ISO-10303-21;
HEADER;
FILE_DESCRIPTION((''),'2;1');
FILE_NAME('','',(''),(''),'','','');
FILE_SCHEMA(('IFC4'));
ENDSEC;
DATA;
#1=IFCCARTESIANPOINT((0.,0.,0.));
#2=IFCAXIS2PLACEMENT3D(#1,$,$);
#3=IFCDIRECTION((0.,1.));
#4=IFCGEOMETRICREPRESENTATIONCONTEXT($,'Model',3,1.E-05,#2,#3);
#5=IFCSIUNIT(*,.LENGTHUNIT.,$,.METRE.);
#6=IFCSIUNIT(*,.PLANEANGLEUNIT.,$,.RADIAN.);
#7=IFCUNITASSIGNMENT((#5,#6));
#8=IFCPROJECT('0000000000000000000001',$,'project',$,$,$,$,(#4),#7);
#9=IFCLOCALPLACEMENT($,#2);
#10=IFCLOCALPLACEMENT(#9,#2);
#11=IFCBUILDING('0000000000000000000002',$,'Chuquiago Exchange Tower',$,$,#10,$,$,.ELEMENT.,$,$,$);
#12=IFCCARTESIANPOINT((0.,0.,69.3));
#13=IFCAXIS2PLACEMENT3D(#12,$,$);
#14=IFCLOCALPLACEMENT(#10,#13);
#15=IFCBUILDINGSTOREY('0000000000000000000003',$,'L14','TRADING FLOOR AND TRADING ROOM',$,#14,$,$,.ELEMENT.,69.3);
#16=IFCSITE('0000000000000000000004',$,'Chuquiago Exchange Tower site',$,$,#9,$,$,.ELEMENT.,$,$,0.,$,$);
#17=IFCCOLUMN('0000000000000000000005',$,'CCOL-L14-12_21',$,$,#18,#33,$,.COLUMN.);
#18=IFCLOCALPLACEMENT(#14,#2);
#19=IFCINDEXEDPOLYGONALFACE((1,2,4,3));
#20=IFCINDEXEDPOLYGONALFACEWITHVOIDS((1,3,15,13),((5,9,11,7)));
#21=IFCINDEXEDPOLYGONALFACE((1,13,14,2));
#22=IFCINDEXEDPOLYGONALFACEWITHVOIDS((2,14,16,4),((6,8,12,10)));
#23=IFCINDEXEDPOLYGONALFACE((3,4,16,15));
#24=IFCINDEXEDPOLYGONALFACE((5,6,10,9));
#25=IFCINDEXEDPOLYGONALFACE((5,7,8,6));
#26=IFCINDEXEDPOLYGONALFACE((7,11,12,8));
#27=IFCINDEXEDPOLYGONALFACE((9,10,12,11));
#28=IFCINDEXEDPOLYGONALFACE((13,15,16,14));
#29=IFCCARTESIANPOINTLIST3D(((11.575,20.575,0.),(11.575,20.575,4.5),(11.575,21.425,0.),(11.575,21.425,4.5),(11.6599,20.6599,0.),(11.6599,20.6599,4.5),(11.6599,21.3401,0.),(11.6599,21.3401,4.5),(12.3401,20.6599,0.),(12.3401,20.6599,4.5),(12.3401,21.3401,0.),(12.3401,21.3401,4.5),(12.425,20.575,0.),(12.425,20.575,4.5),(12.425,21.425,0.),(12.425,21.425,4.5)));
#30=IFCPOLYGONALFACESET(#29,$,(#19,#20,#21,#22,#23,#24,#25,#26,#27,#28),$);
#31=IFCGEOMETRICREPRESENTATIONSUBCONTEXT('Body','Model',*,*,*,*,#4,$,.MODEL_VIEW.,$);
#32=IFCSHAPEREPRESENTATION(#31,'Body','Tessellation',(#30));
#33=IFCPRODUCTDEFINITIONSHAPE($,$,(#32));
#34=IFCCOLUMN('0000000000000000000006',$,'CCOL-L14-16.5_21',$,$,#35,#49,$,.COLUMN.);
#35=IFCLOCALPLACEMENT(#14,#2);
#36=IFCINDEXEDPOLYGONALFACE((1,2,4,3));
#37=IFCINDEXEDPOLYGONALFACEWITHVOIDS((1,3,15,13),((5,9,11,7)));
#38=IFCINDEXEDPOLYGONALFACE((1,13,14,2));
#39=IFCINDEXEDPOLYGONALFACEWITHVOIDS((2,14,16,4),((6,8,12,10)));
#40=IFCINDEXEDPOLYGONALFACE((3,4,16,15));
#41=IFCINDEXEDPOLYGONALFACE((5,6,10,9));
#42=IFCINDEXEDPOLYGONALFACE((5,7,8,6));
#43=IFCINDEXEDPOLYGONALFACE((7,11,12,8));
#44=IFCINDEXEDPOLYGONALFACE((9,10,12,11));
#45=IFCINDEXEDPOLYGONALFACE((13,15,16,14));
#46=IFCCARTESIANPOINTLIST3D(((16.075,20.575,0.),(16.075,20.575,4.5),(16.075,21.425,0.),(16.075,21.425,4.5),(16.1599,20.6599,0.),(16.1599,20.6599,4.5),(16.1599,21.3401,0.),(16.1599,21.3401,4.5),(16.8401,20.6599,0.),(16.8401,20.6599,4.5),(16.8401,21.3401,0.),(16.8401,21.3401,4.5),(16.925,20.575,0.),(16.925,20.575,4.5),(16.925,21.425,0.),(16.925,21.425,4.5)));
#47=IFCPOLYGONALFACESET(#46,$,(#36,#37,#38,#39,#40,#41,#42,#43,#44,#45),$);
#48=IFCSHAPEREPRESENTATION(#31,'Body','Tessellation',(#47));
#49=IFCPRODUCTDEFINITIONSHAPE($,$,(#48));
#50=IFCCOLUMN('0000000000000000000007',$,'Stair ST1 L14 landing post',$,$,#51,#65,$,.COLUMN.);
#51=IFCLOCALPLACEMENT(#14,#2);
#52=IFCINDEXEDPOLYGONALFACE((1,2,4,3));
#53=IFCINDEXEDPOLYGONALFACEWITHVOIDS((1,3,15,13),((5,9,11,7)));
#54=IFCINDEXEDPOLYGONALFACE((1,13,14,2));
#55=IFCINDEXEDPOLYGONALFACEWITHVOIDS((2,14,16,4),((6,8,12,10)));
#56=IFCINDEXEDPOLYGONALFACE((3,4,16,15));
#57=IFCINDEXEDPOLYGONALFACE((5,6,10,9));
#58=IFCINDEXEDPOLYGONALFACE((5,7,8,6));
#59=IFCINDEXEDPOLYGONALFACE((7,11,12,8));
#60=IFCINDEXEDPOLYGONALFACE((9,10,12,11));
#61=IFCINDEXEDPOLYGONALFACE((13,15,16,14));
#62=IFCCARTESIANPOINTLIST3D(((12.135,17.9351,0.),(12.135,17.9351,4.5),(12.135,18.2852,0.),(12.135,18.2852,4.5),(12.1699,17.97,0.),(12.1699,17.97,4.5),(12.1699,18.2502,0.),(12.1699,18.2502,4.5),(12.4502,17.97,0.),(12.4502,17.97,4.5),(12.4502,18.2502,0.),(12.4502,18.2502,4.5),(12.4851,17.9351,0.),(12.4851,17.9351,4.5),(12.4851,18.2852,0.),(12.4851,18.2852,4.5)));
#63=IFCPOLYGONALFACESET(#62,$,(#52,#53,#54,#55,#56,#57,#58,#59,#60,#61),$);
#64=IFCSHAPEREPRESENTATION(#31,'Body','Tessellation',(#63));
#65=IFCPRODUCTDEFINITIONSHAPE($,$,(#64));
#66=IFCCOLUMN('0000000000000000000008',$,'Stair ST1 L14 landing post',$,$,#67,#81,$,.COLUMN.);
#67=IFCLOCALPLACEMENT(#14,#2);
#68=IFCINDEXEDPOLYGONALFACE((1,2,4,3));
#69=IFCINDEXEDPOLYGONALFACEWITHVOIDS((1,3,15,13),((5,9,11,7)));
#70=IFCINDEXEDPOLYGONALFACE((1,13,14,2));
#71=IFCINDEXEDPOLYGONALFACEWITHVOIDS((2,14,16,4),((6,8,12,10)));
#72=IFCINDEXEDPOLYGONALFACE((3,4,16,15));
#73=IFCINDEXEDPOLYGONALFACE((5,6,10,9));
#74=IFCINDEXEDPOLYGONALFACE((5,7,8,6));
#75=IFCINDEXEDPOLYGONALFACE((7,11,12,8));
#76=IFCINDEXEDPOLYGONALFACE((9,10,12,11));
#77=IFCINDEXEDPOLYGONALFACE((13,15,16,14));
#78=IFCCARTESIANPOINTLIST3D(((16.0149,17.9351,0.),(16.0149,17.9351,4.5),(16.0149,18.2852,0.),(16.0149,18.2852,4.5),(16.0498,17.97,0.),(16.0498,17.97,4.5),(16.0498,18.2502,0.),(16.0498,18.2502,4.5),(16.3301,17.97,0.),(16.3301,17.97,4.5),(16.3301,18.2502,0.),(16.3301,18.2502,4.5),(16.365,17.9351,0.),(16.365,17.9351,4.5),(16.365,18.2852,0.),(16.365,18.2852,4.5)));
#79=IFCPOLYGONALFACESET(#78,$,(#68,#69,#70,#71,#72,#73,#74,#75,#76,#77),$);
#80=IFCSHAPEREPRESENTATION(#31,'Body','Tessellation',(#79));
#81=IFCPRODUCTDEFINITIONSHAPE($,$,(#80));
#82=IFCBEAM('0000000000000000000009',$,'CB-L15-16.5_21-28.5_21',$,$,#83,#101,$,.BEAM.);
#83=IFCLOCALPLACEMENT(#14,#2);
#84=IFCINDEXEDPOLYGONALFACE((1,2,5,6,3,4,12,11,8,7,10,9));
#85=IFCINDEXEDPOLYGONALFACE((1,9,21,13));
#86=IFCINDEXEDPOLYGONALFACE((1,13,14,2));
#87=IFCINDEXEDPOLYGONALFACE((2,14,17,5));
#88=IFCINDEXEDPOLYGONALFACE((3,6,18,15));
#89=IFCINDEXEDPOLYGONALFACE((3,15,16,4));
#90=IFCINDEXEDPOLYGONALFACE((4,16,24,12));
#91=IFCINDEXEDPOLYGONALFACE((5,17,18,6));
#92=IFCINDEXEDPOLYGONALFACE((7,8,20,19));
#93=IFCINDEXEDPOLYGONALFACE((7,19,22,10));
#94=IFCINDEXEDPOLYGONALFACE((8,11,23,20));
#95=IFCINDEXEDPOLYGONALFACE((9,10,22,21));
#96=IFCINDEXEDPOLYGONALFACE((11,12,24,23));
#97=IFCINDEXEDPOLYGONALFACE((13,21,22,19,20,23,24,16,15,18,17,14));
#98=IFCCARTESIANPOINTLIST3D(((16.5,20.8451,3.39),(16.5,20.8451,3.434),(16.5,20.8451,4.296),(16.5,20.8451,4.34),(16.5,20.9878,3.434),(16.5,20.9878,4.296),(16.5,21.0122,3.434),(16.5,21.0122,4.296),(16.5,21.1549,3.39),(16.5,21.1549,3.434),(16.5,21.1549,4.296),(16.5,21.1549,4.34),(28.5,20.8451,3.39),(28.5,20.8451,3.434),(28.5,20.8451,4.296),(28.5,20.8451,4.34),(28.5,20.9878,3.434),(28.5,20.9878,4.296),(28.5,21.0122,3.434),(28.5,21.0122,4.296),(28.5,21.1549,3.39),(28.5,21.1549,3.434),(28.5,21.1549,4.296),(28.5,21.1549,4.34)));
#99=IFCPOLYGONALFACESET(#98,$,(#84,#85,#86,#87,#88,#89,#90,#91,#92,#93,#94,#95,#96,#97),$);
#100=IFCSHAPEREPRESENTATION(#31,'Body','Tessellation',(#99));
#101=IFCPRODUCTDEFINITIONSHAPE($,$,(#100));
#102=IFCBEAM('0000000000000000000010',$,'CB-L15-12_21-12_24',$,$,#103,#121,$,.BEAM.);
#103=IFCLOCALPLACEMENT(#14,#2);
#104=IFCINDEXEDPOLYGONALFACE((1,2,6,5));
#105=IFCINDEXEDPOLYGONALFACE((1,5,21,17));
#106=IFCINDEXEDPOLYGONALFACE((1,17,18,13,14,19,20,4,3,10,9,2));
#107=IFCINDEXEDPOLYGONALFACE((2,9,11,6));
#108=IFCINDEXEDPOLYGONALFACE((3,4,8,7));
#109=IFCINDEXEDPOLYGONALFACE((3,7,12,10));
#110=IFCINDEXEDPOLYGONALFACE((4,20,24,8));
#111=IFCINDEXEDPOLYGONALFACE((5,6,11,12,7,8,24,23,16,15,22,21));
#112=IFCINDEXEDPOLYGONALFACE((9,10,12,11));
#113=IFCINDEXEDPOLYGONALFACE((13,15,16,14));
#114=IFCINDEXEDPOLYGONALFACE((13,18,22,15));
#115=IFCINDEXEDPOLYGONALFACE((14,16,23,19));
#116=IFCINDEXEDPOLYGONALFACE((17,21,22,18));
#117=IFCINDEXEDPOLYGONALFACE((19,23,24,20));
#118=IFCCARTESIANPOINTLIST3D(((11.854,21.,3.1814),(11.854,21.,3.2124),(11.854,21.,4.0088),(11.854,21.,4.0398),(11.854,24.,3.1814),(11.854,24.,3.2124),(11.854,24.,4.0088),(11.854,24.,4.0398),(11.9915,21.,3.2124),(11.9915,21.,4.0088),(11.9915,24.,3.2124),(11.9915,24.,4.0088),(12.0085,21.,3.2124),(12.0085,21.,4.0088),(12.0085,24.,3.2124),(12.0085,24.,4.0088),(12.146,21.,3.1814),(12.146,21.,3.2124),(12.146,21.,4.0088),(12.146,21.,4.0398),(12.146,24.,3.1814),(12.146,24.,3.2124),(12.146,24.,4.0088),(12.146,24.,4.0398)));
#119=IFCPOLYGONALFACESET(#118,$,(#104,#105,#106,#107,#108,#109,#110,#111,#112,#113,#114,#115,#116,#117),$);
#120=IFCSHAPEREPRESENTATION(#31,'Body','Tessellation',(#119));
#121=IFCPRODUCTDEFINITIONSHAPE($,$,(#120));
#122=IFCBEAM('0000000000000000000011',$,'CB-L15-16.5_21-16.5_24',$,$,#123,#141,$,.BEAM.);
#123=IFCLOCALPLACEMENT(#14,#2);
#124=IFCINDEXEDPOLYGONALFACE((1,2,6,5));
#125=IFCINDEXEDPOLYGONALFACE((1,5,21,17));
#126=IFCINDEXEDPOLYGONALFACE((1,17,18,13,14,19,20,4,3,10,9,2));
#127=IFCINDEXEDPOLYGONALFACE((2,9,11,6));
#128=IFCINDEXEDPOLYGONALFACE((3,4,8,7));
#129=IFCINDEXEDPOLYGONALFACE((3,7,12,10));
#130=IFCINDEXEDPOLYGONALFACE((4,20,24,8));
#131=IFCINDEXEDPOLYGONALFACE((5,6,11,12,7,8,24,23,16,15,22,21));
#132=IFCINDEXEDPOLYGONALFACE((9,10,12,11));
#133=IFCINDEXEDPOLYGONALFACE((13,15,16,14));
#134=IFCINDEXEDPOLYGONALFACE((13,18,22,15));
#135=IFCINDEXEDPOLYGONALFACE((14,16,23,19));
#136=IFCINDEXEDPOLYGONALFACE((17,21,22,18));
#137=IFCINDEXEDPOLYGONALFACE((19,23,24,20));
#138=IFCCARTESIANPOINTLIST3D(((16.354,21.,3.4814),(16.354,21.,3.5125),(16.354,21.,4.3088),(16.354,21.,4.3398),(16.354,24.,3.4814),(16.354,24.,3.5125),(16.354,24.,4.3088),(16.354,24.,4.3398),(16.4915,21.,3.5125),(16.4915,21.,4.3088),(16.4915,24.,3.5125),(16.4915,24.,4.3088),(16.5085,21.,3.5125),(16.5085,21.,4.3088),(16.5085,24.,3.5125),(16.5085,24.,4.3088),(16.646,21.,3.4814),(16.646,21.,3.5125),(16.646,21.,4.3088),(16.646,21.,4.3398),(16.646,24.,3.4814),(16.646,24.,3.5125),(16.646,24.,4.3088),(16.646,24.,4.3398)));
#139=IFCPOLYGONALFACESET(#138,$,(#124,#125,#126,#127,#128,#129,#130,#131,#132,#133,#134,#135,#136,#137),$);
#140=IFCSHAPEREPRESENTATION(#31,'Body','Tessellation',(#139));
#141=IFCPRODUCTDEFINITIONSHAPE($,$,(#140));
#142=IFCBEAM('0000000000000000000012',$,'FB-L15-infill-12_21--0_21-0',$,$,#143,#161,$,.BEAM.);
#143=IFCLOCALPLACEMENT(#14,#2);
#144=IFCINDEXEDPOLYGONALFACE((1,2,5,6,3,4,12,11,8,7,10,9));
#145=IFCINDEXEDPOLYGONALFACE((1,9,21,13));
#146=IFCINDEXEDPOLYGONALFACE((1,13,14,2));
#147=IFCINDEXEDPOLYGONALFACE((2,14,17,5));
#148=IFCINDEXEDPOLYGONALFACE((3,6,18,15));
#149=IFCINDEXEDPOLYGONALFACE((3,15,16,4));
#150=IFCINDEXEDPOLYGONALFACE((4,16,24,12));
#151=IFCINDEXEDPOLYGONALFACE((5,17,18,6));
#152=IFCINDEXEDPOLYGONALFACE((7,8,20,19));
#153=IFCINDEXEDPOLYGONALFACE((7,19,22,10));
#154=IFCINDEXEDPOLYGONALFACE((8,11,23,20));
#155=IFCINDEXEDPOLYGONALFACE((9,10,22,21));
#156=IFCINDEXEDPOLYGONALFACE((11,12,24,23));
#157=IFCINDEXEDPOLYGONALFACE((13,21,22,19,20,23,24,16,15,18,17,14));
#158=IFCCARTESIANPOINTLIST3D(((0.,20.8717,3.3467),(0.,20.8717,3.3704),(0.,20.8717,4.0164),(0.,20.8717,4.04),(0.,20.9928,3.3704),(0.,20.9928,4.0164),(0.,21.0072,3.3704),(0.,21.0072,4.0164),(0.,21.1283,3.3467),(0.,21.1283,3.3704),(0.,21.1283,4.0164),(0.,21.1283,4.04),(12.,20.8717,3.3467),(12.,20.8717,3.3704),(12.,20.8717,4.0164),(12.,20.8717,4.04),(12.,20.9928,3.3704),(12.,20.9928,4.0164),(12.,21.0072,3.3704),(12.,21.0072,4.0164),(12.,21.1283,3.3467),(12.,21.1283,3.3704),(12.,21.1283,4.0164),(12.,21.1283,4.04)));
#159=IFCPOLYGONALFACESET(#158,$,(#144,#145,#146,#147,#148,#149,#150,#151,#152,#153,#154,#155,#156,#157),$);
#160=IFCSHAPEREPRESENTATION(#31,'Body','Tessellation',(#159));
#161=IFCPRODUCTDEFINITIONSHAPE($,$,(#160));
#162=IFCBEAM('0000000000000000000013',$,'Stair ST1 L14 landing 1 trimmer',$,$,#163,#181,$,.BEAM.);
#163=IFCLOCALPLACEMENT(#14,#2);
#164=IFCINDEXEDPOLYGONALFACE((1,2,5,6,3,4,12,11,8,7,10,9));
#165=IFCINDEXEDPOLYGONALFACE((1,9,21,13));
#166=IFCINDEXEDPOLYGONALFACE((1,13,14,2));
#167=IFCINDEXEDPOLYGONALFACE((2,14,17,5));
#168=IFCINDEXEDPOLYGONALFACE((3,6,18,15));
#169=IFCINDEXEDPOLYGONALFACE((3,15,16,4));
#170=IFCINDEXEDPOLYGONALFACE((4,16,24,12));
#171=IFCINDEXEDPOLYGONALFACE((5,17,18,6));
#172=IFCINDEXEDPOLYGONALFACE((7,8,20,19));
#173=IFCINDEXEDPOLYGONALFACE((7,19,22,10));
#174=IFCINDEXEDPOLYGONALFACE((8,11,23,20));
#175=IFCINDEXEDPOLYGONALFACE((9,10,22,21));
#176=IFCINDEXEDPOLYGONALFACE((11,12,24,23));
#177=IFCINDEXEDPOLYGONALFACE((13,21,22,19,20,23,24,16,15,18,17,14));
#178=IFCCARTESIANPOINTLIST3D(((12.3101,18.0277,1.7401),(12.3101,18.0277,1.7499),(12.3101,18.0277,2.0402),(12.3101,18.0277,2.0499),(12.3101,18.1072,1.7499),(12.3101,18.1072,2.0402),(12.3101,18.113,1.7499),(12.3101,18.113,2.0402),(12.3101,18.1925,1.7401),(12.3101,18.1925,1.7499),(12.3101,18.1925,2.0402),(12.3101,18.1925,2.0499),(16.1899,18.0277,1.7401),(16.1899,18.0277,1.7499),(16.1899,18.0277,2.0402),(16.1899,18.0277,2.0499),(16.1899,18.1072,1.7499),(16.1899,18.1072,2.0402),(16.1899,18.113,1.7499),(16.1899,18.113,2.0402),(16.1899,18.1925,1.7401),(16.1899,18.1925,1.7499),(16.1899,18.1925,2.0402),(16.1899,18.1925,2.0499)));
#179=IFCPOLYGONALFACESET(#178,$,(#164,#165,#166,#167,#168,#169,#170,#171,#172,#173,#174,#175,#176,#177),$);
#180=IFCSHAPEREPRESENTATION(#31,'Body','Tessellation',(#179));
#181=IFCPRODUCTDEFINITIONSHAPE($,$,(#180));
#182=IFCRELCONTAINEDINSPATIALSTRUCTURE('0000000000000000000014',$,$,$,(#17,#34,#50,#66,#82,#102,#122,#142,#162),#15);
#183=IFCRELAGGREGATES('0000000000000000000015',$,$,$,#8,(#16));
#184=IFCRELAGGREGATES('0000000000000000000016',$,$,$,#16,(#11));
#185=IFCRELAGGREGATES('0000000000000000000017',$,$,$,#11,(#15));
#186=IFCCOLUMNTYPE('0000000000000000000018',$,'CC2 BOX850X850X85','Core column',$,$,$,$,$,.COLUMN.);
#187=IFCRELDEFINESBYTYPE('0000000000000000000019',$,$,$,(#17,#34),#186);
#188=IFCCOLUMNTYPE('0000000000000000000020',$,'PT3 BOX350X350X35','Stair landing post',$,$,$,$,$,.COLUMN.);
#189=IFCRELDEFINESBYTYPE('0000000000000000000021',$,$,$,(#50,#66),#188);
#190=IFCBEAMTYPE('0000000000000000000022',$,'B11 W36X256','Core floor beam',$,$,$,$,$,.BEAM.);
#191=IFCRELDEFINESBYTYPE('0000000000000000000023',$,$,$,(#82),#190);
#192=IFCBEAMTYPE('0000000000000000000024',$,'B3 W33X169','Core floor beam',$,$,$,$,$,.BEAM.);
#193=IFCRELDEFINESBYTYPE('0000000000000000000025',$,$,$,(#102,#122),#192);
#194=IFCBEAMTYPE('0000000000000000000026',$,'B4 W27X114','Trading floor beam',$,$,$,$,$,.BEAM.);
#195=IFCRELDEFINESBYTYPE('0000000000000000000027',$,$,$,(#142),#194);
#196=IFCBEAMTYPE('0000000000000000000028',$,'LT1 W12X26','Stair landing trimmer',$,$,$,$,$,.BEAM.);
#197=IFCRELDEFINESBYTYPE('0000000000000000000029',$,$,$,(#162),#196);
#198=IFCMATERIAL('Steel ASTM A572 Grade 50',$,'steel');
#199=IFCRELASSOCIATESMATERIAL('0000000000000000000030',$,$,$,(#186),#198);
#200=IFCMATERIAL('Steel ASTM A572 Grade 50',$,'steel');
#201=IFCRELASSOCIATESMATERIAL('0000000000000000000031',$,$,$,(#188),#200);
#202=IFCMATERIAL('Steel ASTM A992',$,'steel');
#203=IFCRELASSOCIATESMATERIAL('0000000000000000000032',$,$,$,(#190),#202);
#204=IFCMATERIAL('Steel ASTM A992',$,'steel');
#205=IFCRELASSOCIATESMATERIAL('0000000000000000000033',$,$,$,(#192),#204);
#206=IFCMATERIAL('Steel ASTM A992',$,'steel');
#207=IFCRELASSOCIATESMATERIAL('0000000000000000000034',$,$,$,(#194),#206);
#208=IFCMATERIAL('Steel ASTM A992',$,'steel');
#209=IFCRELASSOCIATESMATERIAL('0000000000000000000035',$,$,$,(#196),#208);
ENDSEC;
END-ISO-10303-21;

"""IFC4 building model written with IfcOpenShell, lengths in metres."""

from ifc_helpers import new_model, si_unit, direction, frame, origin, origin_2d, place, context, subcontext, project, spatial, hollow_rectangle, i_section, extrude, material, material_profile, profile_set, type_object, element, save


model = new_model("IFC4")

# Units and contexts
model_context = context("Model", 3, precision=1e-05, world=origin(), true_north=direction((0.0, 1.0)))
body_context = subcontext(model_context, "Body", "Model", "MODEL_VIEW")
ifc_project = project(units=[si_unit("LENGTHUNIT", "METRE"), si_unit("PLANEANGLEUNIT", "RADIAN")], contexts=[model_context])

# Site, building, storey
site_placement = place(None, origin())
site = spatial("IfcSite", under=ifc_project, at=site_placement, Name="Chuquiago Exchange Tower site", CompositionType="ELEMENT", RefElevation=0.0)
building_placement = place(site_placement, origin())
building = spatial("IfcBuilding", under=site, at=building_placement, Name="Chuquiago Exchange Tower", CompositionType="ELEMENT")
storey_placement = place(building_placement, frame((0.0, 0.0, 69.3)))
storey = spatial("IfcBuildingStorey", under=building, at=storey_placement, Name="L14", Description="TRADING FLOOR AND TRADING ROOM", CompositionType="ELEMENT", Elevation=69.3)

# Columns
ifc_material_1 = material(Name="Steel ASTM A572 Grade 50", Category="steel")
ifc_material_profile_1 = material_profile(ifc_material_1, hollow_rectangle(XDim=0.8501, YDim=0.8501, WallThickness=0.085, at=origin_2d()), Name="BOX850X850X85")
ifc_profile_set_1 = profile_set([ifc_material_profile_1], Name="Steel ASTM A572 Grade 50")
column_type_1 = type_object("IfcColumnType", Name="CC2 BOX850X850X85", Description="Core column", PredefinedType="COLUMN", material=ifc_profile_set_1)
for number, where, z_axis, x_axis, name in (
    (1, (12.0, 21.0, 0.0), (0.0, 0.0, 1.0), (1.0, 0.0, 0.0), "CCOL-L14-12_21"),
    (2, (16.5, 21.0, 0.0), (0.0, 0.0, 1.0), (1.0, 0.0, 0.0), "CCOL-L14-16.5_21"),
):
    element("IfcColumn", number, at=place(storey_placement, frame(where, z_axis=z_axis, x_axis=x_axis)), inside=storey, type_object=column_type_1, Name=name, PredefinedType="COLUMN", context=body_context, shape_type="SweptSolid", body=[
        extrude(hollow_rectangle(XDim=0.8501, YDim=0.8501, WallThickness=0.085, at=origin_2d()), origin(), (0.0, 0.0, 1.0), 4.5),
    ])
ifc_material_2 = material(Name="Steel ASTM A572 Grade 50", Category="steel")
ifc_material_profile_2 = material_profile(ifc_material_2, hollow_rectangle(XDim=0.3501, YDim=0.3501, WallThickness=0.0349, at=origin_2d()), Name="BOX350X350X35")
ifc_profile_set_2 = profile_set([ifc_material_profile_2], Name="Steel ASTM A572 Grade 50")
column_type_2 = type_object("IfcColumnType", Name="PT3 BOX350X350X35", Description="Stair landing post", PredefinedType="COLUMN", material=ifc_profile_set_2)
for number, where, z_axis, x_axis, name in (
    (3, (12.3101, 18.1101, 0.0), (0.0, 0.0, 1.0), (1.0, 0.0, 0.0), "Stair ST1 L14 landing post"),
    (4, (16.1899, 18.1101, 0.0), (0.0, 0.0, 1.0), (1.0, 0.0, 0.0), "Stair ST1 L14 landing post"),
):
    element("IfcColumn", number, at=place(storey_placement, frame(where, z_axis=z_axis, x_axis=x_axis)), inside=storey, type_object=column_type_2, Name=name, PredefinedType="COLUMN", context=body_context, shape_type="SweptSolid", body=[
        extrude(hollow_rectangle(XDim=0.3501, YDim=0.3501, WallThickness=0.0349, at=origin_2d()), origin(), (0.0, 0.0, 1.0), 4.5),
    ])

# Beams
ifc_material_3 = material(Name="Steel ASTM A992", Category="steel")
ifc_material_profile_3 = material_profile(ifc_material_3, i_section(OverallWidth=0.3098, OverallDepth=0.95, WebThickness=0.0244, FlangeThickness=0.0439, at=origin_2d()), Name="W36X256")
ifc_profile_set_3 = profile_set([ifc_material_profile_3], Name="Steel ASTM A992")
beam_type_1 = type_object("IfcBeamType", Name="B11 W36X256", Description="Core floor beam", PredefinedType="BEAM", material=ifc_profile_set_3)
beam_1_placement = place(storey_placement, frame((16.5, 21.0, 3.865), z_axis=(1.0, 0.0, 0.0), x_axis=(0.0, 1.0, 0.0)))
element("IfcBeam", 5, at=beam_1_placement, inside=storey, type_object=beam_type_1, Name="CB-L15-16.5_21-28.5_21", PredefinedType="BEAM", context=body_context, shape_type="SweptSolid", body=[
    extrude(i_section(OverallWidth=0.3098, OverallDepth=0.95, WebThickness=0.0244, FlangeThickness=0.0439, at=origin_2d()), origin(), (0.0, 0.0, 1.0), 12.0),
])
ifc_material_4 = material(Name="Steel ASTM A992", Category="steel")
ifc_material_profile_4 = material_profile(ifc_material_4, i_section(OverallWidth=0.292, OverallDepth=0.8584, WebThickness=0.0171, FlangeThickness=0.031, at=origin_2d()), Name="W33X169")
ifc_profile_set_4 = profile_set([ifc_material_profile_4], Name="Steel ASTM A992")
beam_type_2 = type_object("IfcBeamType", Name="B3 W33X169", Description="Core floor beam", PredefinedType="BEAM", material=ifc_profile_set_4)
for number, where, z_axis, x_axis, name in (
    (6, (12.0, 21.0, 3.6106), (0.0, 1.0, 0.0), (-1.0, 0.0, 0.0), "CB-L15-12_21-12_24"),
    (7, (16.5, 21.0, 3.9106), (0.0, 1.0, 0.0), (-1.0, 0.0, 0.0), "CB-L15-16.5_21-16.5_24"),
):
    element("IfcBeam", number, at=place(storey_placement, frame(where, z_axis=z_axis, x_axis=x_axis)), inside=storey, type_object=beam_type_2, Name=name, PredefinedType="BEAM", context=body_context, shape_type="SweptSolid", body=[
        extrude(i_section(OverallWidth=0.292, OverallDepth=0.8584, WebThickness=0.0171, FlangeThickness=0.031, at=origin_2d()), origin(), (0.0, 0.0, 1.0), 3.0),
    ])
ifc_material_5 = material(Name="Steel ASTM A992", Category="steel")
ifc_material_profile_5 = material_profile(ifc_material_5, i_section(OverallWidth=0.2566, OverallDepth=0.6934, WebThickness=0.0144, FlangeThickness=0.0237, at=origin_2d()), Name="W27X114")
ifc_profile_set_5 = profile_set([ifc_material_profile_5], Name="Steel ASTM A992")
beam_type_3 = type_object("IfcBeamType", Name="B4 W27X114", Description="Trading floor beam", PredefinedType="BEAM", material=ifc_profile_set_5)
beam_2_placement = place(storey_placement, frame((12.0, 21.0, 3.6934), z_axis=(-1.0, 0.0, 0.0), x_axis=(0.0, -1.0, 0.0)))
element("IfcBeam", 8, at=beam_2_placement, inside=storey, type_object=beam_type_3, Name="FB-L15-infill-12_21--0_21-0", PredefinedType="BEAM", context=body_context, shape_type="SweptSolid", body=[
    extrude(i_section(OverallWidth=0.2566, OverallDepth=0.6934, WebThickness=0.0144, FlangeThickness=0.0237, at=origin_2d()), origin(), (0.0, 0.0, 1.0), 12.0),
])
ifc_material_6 = material(Name="Steel ASTM A992", Category="steel")
ifc_material_profile_6 = material_profile(ifc_material_6, i_section(OverallWidth=0.1648, OverallDepth=0.3098, WebThickness=0.0059, FlangeThickness=0.0098, at=origin_2d()), Name="W12X26")
ifc_profile_set_6 = profile_set([ifc_material_profile_6], Name="Steel ASTM A992")
beam_type_4 = type_object("IfcBeamType", Name="LT1 W12X26", Description="Stair landing trimmer", PredefinedType="BEAM", material=ifc_profile_set_6)
beam_3_placement = place(storey_placement, frame((12.3101, 18.1101, 1.895), z_axis=(1.0, 0.0, 0.0), x_axis=(0.0, 1.0, 0.0)))
element("IfcBeam", 9, at=beam_3_placement, inside=storey, type_object=beam_type_4, Name="Stair ST1 L14 landing 1 trimmer", PredefinedType="BEAM", context=body_context, shape_type="SweptSolid", body=[
    extrude(i_section(OverallWidth=0.1648, OverallDepth=0.3098, WebThickness=0.0059, FlangeThickness=0.0098, at=origin_2d()), origin(), (0.0, 0.0, 1.0), 3.8799),
])

save(model, "model.ifc")
